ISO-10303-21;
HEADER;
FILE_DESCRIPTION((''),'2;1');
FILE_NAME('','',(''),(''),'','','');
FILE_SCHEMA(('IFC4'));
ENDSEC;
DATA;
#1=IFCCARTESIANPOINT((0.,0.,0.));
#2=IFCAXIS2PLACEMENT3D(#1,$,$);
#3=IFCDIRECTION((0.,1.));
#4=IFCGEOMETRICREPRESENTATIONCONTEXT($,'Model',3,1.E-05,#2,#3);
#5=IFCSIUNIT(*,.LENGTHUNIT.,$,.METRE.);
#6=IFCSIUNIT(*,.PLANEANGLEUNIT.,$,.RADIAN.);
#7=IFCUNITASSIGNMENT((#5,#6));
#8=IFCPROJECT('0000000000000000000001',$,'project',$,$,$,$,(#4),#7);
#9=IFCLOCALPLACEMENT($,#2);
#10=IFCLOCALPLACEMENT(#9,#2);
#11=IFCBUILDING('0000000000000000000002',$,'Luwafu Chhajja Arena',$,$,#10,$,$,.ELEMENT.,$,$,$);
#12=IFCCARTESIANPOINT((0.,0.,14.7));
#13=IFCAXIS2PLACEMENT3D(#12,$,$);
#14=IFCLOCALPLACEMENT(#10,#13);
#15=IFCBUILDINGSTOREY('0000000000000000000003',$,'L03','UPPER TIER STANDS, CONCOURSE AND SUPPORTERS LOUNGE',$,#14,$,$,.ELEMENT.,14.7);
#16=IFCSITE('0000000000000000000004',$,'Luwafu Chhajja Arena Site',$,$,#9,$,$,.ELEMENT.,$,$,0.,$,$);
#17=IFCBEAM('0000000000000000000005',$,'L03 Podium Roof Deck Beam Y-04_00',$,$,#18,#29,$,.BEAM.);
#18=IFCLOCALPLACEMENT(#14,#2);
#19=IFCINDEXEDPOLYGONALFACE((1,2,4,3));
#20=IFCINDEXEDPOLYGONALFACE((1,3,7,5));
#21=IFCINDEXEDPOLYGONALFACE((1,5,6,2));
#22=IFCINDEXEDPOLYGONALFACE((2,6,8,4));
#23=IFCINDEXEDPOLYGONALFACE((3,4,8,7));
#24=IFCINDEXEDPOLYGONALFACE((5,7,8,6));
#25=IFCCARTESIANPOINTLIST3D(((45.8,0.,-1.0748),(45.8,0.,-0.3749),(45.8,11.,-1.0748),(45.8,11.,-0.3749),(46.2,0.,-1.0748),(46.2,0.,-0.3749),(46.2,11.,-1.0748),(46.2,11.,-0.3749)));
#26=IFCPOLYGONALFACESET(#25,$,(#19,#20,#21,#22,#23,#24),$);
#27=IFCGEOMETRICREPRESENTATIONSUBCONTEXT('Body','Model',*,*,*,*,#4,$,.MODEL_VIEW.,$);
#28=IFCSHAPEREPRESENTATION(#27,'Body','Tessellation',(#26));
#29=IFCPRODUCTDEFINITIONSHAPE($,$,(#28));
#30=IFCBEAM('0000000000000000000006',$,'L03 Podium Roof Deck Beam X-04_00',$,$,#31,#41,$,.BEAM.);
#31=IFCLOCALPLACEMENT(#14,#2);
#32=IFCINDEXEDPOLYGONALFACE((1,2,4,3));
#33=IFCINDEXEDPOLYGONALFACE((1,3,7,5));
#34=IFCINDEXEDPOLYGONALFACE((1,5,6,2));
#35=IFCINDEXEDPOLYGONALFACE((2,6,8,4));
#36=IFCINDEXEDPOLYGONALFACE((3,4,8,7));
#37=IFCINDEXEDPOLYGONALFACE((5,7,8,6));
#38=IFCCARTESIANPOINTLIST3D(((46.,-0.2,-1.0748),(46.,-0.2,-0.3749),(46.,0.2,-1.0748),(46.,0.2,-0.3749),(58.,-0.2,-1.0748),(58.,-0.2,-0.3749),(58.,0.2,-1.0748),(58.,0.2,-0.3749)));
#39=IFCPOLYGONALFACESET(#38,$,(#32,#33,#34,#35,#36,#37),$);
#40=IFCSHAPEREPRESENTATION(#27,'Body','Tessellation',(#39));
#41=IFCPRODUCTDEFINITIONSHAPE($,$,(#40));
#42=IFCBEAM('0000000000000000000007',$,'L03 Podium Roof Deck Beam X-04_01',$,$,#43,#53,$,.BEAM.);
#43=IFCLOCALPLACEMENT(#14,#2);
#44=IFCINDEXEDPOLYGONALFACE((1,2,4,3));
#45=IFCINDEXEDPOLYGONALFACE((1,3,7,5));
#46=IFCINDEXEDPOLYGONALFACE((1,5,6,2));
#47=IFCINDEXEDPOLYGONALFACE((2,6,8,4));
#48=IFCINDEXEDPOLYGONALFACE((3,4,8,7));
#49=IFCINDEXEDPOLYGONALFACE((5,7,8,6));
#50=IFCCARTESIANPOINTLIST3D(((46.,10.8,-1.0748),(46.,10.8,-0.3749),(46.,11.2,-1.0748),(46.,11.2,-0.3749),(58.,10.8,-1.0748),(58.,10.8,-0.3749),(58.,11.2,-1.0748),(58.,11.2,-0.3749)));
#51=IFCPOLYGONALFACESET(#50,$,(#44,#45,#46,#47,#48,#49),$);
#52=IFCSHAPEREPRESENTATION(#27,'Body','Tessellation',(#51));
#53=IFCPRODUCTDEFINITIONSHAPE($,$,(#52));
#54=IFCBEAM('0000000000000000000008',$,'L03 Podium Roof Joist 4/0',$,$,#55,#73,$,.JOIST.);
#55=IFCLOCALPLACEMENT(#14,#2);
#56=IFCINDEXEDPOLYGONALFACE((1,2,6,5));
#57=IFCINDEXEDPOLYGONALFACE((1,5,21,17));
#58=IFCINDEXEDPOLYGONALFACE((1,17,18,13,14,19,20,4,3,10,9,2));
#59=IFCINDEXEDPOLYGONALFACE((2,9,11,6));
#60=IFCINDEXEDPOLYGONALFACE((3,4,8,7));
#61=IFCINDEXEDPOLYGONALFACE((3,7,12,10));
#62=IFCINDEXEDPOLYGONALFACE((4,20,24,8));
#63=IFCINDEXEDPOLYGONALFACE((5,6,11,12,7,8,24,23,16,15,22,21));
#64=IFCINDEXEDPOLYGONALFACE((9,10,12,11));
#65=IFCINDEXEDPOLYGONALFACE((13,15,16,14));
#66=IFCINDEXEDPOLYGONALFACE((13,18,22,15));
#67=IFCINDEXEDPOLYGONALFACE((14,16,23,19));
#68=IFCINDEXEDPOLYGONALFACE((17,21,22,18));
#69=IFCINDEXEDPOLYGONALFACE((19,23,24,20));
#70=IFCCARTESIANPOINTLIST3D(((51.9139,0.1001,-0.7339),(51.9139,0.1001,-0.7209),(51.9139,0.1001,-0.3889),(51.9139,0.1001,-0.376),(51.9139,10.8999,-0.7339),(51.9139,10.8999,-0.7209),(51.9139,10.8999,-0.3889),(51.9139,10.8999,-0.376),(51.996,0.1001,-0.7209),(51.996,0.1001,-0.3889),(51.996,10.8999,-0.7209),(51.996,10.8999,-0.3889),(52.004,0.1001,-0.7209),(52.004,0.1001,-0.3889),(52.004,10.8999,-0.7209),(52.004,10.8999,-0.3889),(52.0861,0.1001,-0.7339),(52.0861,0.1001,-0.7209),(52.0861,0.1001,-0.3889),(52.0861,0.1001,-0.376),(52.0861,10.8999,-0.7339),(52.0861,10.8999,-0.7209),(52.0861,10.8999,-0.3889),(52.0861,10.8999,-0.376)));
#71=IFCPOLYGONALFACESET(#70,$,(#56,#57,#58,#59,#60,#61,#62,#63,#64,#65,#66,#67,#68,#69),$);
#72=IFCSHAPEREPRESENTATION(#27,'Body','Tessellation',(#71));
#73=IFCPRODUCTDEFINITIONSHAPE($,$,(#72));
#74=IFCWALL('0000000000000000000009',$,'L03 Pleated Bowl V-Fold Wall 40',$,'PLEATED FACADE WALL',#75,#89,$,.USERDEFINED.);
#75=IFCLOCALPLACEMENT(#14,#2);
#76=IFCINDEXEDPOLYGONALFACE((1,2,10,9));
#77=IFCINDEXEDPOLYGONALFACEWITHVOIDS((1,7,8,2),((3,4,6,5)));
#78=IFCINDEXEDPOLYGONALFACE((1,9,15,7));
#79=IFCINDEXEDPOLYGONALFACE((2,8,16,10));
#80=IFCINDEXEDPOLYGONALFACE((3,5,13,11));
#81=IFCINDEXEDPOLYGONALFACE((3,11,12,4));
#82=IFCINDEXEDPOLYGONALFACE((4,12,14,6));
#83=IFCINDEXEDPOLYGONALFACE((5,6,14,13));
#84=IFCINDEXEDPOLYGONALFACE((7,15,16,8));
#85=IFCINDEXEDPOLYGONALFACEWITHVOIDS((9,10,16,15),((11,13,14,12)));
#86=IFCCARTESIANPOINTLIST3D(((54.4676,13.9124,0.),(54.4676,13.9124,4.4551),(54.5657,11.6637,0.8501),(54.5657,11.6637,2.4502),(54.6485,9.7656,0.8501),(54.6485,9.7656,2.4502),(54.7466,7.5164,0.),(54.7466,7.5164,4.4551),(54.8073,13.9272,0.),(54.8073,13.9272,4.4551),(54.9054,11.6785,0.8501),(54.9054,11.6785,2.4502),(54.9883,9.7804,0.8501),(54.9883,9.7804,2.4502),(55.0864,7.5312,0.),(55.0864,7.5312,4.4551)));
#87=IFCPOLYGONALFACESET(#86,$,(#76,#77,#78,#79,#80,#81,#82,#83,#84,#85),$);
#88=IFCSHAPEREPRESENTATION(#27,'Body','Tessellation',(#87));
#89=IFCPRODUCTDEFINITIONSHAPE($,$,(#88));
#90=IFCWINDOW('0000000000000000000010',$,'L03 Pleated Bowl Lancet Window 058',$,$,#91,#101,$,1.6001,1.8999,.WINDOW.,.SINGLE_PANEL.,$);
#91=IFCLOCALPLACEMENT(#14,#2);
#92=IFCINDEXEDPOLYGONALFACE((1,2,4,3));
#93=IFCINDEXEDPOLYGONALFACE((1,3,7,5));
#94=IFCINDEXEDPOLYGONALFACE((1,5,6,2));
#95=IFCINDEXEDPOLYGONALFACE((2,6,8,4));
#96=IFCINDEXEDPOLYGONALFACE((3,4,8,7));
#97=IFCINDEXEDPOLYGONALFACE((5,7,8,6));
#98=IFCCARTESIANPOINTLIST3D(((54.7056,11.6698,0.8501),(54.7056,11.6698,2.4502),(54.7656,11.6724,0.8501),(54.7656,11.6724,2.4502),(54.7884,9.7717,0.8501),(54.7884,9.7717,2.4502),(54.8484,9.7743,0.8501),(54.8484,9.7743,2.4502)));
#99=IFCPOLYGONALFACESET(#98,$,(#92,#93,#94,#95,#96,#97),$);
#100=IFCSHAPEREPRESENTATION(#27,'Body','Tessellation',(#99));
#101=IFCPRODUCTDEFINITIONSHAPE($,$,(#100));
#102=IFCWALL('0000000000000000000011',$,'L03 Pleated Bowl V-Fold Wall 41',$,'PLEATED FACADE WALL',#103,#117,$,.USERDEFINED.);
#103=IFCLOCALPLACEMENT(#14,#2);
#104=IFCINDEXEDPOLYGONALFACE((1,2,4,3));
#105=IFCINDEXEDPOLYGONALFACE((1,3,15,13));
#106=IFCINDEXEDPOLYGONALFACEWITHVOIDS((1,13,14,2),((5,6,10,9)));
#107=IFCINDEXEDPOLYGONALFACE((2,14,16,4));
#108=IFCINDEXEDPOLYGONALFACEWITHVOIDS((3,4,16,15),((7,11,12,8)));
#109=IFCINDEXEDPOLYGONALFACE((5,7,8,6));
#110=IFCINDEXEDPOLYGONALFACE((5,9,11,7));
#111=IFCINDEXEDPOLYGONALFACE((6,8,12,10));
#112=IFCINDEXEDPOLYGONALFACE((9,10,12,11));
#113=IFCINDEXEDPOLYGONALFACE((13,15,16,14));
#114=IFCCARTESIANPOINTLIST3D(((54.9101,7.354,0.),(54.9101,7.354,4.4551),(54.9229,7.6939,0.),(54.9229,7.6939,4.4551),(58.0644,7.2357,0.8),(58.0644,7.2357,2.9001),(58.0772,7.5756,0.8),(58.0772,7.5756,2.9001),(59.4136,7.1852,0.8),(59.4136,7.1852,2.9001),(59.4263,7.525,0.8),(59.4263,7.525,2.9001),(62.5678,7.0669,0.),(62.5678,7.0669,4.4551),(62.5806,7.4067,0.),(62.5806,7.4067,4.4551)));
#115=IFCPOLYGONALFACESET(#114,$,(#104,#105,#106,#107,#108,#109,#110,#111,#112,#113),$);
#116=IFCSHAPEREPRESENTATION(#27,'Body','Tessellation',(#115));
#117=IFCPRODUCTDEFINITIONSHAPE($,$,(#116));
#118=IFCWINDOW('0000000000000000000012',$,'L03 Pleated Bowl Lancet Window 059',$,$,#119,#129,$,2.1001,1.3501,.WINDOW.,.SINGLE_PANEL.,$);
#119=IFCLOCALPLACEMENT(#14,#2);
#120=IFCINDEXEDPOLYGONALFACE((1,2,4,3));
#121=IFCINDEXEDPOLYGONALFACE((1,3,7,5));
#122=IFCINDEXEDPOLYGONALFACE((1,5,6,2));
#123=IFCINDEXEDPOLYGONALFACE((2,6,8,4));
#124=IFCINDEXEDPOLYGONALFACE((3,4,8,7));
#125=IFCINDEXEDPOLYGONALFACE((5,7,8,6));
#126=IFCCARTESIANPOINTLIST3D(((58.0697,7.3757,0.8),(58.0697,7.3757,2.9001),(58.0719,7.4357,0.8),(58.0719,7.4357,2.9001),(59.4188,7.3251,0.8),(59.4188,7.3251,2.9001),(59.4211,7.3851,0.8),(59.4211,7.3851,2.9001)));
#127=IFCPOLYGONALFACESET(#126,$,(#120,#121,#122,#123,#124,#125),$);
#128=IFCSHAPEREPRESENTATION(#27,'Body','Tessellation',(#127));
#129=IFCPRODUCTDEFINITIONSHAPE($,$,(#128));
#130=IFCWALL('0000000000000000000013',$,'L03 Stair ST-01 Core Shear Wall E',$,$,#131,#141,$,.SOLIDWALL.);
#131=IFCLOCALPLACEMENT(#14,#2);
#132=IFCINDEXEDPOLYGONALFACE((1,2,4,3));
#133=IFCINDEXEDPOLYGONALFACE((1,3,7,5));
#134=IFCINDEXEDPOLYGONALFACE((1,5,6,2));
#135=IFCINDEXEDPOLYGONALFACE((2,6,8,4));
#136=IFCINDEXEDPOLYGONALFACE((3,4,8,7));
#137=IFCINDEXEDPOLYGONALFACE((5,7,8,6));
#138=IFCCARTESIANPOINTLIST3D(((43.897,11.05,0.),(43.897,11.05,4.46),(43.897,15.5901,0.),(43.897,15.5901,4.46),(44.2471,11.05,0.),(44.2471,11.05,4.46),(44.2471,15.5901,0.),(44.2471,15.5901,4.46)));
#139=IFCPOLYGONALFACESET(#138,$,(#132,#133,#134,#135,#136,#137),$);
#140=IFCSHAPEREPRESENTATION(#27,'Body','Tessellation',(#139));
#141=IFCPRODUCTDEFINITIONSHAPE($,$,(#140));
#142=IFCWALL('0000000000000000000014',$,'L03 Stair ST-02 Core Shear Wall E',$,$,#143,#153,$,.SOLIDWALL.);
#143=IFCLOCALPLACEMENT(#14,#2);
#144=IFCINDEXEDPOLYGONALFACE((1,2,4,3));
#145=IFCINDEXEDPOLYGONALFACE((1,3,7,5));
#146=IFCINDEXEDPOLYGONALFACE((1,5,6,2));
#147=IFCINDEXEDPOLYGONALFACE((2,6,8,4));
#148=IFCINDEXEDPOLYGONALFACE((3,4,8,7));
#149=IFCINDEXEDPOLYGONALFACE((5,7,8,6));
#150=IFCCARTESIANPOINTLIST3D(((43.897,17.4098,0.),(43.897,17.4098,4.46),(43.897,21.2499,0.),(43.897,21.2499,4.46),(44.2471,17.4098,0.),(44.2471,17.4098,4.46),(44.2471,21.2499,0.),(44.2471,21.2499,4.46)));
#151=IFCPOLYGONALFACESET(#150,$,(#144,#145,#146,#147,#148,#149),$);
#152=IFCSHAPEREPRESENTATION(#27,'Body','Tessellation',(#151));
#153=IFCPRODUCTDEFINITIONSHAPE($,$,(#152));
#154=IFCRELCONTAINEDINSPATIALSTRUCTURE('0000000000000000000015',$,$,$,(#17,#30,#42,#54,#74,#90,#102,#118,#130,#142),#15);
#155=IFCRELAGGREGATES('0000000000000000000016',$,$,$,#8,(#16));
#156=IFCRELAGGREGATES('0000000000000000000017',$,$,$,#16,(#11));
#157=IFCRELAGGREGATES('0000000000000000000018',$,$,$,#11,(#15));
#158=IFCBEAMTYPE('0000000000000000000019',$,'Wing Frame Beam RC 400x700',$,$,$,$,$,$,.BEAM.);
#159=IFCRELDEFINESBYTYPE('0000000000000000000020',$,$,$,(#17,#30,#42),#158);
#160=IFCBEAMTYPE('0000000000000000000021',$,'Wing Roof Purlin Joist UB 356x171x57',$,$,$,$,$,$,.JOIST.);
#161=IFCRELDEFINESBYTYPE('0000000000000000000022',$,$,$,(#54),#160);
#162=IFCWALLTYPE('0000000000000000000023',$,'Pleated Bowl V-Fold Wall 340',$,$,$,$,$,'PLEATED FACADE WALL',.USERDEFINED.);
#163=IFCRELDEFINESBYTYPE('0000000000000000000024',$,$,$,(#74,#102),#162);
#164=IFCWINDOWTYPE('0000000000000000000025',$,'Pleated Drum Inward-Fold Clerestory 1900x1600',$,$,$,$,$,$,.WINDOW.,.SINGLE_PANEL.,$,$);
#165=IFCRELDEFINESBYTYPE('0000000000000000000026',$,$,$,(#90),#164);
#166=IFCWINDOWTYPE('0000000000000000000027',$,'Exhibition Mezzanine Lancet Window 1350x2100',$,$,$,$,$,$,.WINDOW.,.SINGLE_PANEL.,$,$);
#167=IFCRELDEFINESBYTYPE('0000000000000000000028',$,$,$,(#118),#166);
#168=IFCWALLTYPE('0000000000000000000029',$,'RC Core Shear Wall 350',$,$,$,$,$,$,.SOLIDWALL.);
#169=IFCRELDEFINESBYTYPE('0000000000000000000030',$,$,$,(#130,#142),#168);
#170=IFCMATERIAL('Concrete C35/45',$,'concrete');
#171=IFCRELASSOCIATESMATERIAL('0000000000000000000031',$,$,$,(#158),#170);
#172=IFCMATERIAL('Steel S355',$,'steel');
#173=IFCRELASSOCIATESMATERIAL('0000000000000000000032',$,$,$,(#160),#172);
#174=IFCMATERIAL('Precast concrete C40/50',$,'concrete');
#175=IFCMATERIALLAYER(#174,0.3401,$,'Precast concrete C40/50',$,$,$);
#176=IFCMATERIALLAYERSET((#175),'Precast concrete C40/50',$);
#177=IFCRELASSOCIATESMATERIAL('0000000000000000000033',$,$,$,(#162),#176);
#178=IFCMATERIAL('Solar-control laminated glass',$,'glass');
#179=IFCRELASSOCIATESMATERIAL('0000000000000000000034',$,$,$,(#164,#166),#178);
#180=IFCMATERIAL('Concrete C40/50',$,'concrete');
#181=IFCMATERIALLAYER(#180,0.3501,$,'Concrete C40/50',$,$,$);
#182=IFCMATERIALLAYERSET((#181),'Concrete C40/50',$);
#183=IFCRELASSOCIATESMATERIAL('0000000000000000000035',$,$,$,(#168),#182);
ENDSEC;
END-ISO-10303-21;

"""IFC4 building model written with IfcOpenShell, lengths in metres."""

from ifc_helpers import new_model, si_unit, direction, frame, frame_2d, origin, origin_2d, place, context, subcontext, project, spatial, rectangle, i_section, extrude, material, layer, layer_set, material_profile, profile_set, type_object, element, fill, save


model = new_model("IFC4")

# Units and contexts
model_context = context("Model", 3, precision=1e-05, world=origin(), true_north=direction((0.0, 1.0)))
body_context = subcontext(model_context, "Body", "Model", "MODEL_VIEW")
ifc_project = project(units=[si_unit("LENGTHUNIT", "METRE"), si_unit("PLANEANGLEUNIT", "RADIAN")], contexts=[model_context])

# Site, building, storey
site_placement = place(None, origin())
site = spatial("IfcSite", under=ifc_project, at=site_placement, Name="Luwafu Chhajja Arena Site", CompositionType="ELEMENT", RefElevation=0.0)
building_placement = place(site_placement, origin())
building = spatial("IfcBuilding", under=site, at=building_placement, Name="Luwafu Chhajja Arena", CompositionType="ELEMENT")
storey_placement = place(building_placement, frame((0.0, 0.0, 14.7)))
storey = spatial("IfcBuildingStorey", under=building, at=storey_placement, Name="L03", Description="UPPER TIER STANDS, CONCOURSE AND SUPPORTERS LOUNGE", CompositionType="ELEMENT", Elevation=14.7)

# Shared definitions
ifc_material_1 = material(Name="Concrete C35/45", Category="concrete")
ifc_material_2 = material(Name="Steel S355", Category="steel")

# Beams
ifc_material_profile_1 = material_profile(ifc_material_1, rectangle(XDim=0.3999, YDim=0.7, at=origin_2d()), Name="RC 400x700")
ifc_profile_set_1 = profile_set([ifc_material_profile_1], Name="Concrete C35/45")
beam_type_1 = type_object("IfcBeamType", Name="Wing Frame Beam RC 400x700", PredefinedType="BEAM", material=ifc_profile_set_1)
for number, where, z_axis, x_axis, name in (
    (1, (46.0, 0.0, -0.7249), (0.0, 1.0, 0.0), (-1.0, 0.0, 0.0), "L03 Podium Roof Deck Beam Y-04_00"),
):
    element("IfcBeam", number, at=place(storey_placement, frame(where, z_axis=z_axis, x_axis=x_axis)), inside=storey, type_object=beam_type_1, Name=name, PredefinedType="BEAM", context=body_context, shape_type="SweptSolid", body=[
        extrude(rectangle(XDim=0.3999, YDim=0.7, at=origin_2d()), origin(), (0.0, 0.0, 1.0), 11.0),
    ])
for number, where, z_axis, x_axis, name in (
    (2, (46.0, 0.0, -0.7249), (1.0, 0.0, 0.0), (0.0, 1.0, 0.0), "L03 Podium Roof Deck Beam X-04_00"),
    (3, (46.0, 11.0, -0.7249), (1.0, 0.0, 0.0), (0.0, 1.0, 0.0), "L03 Podium Roof Deck Beam X-04_01"),
):
    element("IfcBeam", number, at=place(storey_placement, frame(where, z_axis=z_axis, x_axis=x_axis)), inside=storey, type_object=beam_type_1, Name=name, PredefinedType="BEAM", context=body_context, shape_type="SweptSolid", body=[
        extrude(rectangle(XDim=0.3999, YDim=0.7, at=origin_2d()), origin(), (0.0, 0.0, 1.0), 12.0),
    ])
ifc_material_profile_2 = material_profile(ifc_material_2, i_section(OverallWidth=0.1721, OverallDepth=0.3579, WebThickness=0.0081, FlangeThickness=0.0129, at=origin_2d()), Name="UB 356x171x57")
ifc_profile_set_2 = profile_set([ifc_material_profile_2], Name="Steel S355")
beam_type_2 = type_object("IfcBeamType", Name="Wing Roof Purlin Joist UB 356x171x57", PredefinedType="JOIST", material=ifc_profile_set_2)
beam_1_placement = place(storey_placement, frame((52.0, 0.1001, -0.5549), z_axis=(0.0, 1.0, 0.0), x_axis=(-1.0, 0.0, 0.0)))
element("IfcBeam", 4, at=beam_1_placement, inside=storey, type_object=beam_type_2, Name="L03 Podium Roof Joist 4/0", PredefinedType="JOIST", context=body_context, shape_type="SweptSolid", body=[
    extrude(i_section(OverallWidth=0.1721, OverallDepth=0.3579, WebThickness=0.0081, FlangeThickness=0.0129, at=origin_2d()), origin(), (0.0, 0.0, 1.0), 10.7998),
])

# Walls, openings, windows
ifc_material_3 = material(Name="Precast concrete C40/50", Category="concrete")
ifc_layer_1 = layer(ifc_material_3, 0.3401, Name="Precast concrete C40/50")
ifc_layer_set_1 = layer_set([ifc_layer_1], Name="Precast concrete C40/50")
wall_type_1 = type_object("IfcWallType", Name="Pleated Bowl V-Fold Wall 340", ElementType="PLEATED FACADE WALL", PredefinedType="USERDEFINED", material=ifc_layer_set_1)
wall_1_placement = place(storey_placement, frame((54.6375, 13.9199, 0.0), z_axis=(0.0, 0.0, 1.0), x_axis=(0.043588, -0.99905, 0.0)))
wall_1 = element("IfcWall", 5, at=wall_1_placement, inside=storey, type_object=wall_type_1, Name="L03 Pleated Bowl V-Fold Wall 40", ObjectType="PLEATED FACADE WALL", PredefinedType="USERDEFINED", context=body_context, shape_type="SweptSolid", body=[
    extrude(rectangle(XDim=6.4021, YDim=0.3401, at=frame_2d((3.2012, 0.0))), origin(), (0.0, 0.0, 1.0), 4.4551),
])
opening_1_placement = place(wall_1_placement, frame((2.251, 0.0, 0.8501)))
opening_1 = element("IfcOpeningElement", 6, at=opening_1_placement, cuts=wall_1, PredefinedType="OPENING", context=body_context, shape_type="SweptSolid", body=[
    extrude(rectangle(XDim=1.8999, YDim=1.6001, at=frame_2d((0.95, 0.8))), frame((0.0, 0.1799, 0.0), z_axis=(0.0, -1.0, 0.0), x_axis=(1.0, 0.0, 0.0)), (0.0, 0.0, 1.0), 0.3601),
])
ifc_material_4 = material(Name="Solar-control laminated glass", Category="glass")
window_type_1 = type_object("IfcWindowType", Name="Pleated Drum Inward-Fold Clerestory 1900x1600", PartitioningType="SINGLE_PANEL", PredefinedType="WINDOW", material=ifc_material_4)
window_1_placement = place(opening_1_placement, origin())
window_1 = element("IfcWindow", 7, at=window_1_placement, inside=storey, type_object=window_type_1, Name="L03 Pleated Bowl Lancet Window 058", OverallHeight=1.6001, OverallWidth=1.8999, PartitioningType="SINGLE_PANEL", PredefinedType="WINDOW", context=body_context, shape_type="SweptSolid", body=[
    extrude(rectangle(XDim=1.8999, YDim=1.6001, at=frame_2d((0.95, 0.8))), frame((0.0, 0.03, 0.0), z_axis=(0.0, -1.0, 0.0), x_axis=(1.0, 0.0, 0.0)), (0.0, 0.0, 1.0), 0.0601),
])
fill(opening_1, window_1)
wall_2_placement = place(storey_placement, frame((54.9165, 7.5239, 0.0), z_axis=(0.0, 0.0, 1.0), x_axis=(0.999298, -0.037467, 0.0)))
wall_2 = element("IfcWall", 8, at=wall_2_placement, inside=storey, type_object=wall_type_1, Name="L03 Pleated Bowl V-Fold Wall 41", ObjectType="PLEATED FACADE WALL", PredefinedType="USERDEFINED", context=body_context, shape_type="SweptSolid", body=[
    extrude(rectangle(XDim=7.6631, YDim=0.3401, at=frame_2d((3.8315, 0.0))), origin(), (0.0, 0.0, 1.0), 4.4551),
])
opening_2_placement = place(wall_2_placement, frame((3.1565, 0.0, 0.8)))
opening_2 = element("IfcOpeningElement", 9, at=opening_2_placement, cuts=wall_2, PredefinedType="OPENING", context=body_context, shape_type="SweptSolid", body=[
    extrude(rectangle(XDim=1.3501, YDim=2.1001, at=frame_2d((0.675, 1.05))), frame((0.0, 0.1799, 0.0), z_axis=(0.0, -1.0, 0.0), x_axis=(1.0, 0.0, 0.0)), (0.0, 0.0, 1.0), 0.3601),
])
window_type_2 = type_object("IfcWindowType", Name="Exhibition Mezzanine Lancet Window 1350x2100", PartitioningType="SINGLE_PANEL", PredefinedType="WINDOW", material=ifc_material_4)
window_2_placement = place(opening_2_placement, origin())
window_2 = element("IfcWindow", 10, at=window_2_placement, inside=storey, type_object=window_type_2, Name="L03 Pleated Bowl Lancet Window 059", OverallHeight=2.1001, OverallWidth=1.3501, PartitioningType="SINGLE_PANEL", PredefinedType="WINDOW", context=body_context, shape_type="SweptSolid", body=[
    extrude(rectangle(XDim=1.3501, YDim=2.1001, at=frame_2d((0.675, 1.05))), frame((0.0, 0.03, 0.0), z_axis=(0.0, -1.0, 0.0), x_axis=(1.0, 0.0, 0.0)), (0.0, 0.0, 1.0), 0.0601),
])
fill(opening_2, window_2)

# Walls
ifc_material_5 = material(Name="Concrete C40/50", Category="concrete")
ifc_layer_2 = layer(ifc_material_5, 0.3501, Name="Concrete C40/50")
ifc_layer_set_2 = layer_set([ifc_layer_2], Name="Concrete C40/50")
wall_type_2 = type_object("IfcWallType", Name="RC Core Shear Wall 350", PredefinedType="SOLIDWALL", material=ifc_layer_set_2)
wall_3_placement = place(storey_placement, frame((44.072, 11.05, 0.0), z_axis=(0.0, 0.0, 1.0), x_axis=(0.0, 1.0, 0.0)))
element("IfcWall", 11, at=wall_3_placement, inside=storey, type_object=wall_type_2, Name="L03 Stair ST-01 Core Shear Wall E", PredefinedType="SOLIDWALL", context=body_context, shape_type="SweptSolid", body=[
    extrude(rectangle(XDim=4.54, YDim=0.3501, at=frame_2d((2.27, 0.0))), origin(), (0.0, 0.0, 1.0), 4.46),
])
wall_4_placement = place(storey_placement, frame((44.072, 17.4099, 0.0), z_axis=(0.0, 0.0, 1.0), x_axis=(0.0, 1.0, 0.0)))
element("IfcWall", 12, at=wall_4_placement, inside=storey, type_object=wall_type_2, Name="L03 Stair ST-02 Core Shear Wall E", PredefinedType="SOLIDWALL", context=body_context, shape_type="SweptSolid", body=[
    extrude(rectangle(XDim=3.8401, YDim=0.3501, at=frame_2d((1.9199, 0.0))), origin(), (0.0, 0.0, 1.0), 4.46),
])

save(model, "model.ifc")
